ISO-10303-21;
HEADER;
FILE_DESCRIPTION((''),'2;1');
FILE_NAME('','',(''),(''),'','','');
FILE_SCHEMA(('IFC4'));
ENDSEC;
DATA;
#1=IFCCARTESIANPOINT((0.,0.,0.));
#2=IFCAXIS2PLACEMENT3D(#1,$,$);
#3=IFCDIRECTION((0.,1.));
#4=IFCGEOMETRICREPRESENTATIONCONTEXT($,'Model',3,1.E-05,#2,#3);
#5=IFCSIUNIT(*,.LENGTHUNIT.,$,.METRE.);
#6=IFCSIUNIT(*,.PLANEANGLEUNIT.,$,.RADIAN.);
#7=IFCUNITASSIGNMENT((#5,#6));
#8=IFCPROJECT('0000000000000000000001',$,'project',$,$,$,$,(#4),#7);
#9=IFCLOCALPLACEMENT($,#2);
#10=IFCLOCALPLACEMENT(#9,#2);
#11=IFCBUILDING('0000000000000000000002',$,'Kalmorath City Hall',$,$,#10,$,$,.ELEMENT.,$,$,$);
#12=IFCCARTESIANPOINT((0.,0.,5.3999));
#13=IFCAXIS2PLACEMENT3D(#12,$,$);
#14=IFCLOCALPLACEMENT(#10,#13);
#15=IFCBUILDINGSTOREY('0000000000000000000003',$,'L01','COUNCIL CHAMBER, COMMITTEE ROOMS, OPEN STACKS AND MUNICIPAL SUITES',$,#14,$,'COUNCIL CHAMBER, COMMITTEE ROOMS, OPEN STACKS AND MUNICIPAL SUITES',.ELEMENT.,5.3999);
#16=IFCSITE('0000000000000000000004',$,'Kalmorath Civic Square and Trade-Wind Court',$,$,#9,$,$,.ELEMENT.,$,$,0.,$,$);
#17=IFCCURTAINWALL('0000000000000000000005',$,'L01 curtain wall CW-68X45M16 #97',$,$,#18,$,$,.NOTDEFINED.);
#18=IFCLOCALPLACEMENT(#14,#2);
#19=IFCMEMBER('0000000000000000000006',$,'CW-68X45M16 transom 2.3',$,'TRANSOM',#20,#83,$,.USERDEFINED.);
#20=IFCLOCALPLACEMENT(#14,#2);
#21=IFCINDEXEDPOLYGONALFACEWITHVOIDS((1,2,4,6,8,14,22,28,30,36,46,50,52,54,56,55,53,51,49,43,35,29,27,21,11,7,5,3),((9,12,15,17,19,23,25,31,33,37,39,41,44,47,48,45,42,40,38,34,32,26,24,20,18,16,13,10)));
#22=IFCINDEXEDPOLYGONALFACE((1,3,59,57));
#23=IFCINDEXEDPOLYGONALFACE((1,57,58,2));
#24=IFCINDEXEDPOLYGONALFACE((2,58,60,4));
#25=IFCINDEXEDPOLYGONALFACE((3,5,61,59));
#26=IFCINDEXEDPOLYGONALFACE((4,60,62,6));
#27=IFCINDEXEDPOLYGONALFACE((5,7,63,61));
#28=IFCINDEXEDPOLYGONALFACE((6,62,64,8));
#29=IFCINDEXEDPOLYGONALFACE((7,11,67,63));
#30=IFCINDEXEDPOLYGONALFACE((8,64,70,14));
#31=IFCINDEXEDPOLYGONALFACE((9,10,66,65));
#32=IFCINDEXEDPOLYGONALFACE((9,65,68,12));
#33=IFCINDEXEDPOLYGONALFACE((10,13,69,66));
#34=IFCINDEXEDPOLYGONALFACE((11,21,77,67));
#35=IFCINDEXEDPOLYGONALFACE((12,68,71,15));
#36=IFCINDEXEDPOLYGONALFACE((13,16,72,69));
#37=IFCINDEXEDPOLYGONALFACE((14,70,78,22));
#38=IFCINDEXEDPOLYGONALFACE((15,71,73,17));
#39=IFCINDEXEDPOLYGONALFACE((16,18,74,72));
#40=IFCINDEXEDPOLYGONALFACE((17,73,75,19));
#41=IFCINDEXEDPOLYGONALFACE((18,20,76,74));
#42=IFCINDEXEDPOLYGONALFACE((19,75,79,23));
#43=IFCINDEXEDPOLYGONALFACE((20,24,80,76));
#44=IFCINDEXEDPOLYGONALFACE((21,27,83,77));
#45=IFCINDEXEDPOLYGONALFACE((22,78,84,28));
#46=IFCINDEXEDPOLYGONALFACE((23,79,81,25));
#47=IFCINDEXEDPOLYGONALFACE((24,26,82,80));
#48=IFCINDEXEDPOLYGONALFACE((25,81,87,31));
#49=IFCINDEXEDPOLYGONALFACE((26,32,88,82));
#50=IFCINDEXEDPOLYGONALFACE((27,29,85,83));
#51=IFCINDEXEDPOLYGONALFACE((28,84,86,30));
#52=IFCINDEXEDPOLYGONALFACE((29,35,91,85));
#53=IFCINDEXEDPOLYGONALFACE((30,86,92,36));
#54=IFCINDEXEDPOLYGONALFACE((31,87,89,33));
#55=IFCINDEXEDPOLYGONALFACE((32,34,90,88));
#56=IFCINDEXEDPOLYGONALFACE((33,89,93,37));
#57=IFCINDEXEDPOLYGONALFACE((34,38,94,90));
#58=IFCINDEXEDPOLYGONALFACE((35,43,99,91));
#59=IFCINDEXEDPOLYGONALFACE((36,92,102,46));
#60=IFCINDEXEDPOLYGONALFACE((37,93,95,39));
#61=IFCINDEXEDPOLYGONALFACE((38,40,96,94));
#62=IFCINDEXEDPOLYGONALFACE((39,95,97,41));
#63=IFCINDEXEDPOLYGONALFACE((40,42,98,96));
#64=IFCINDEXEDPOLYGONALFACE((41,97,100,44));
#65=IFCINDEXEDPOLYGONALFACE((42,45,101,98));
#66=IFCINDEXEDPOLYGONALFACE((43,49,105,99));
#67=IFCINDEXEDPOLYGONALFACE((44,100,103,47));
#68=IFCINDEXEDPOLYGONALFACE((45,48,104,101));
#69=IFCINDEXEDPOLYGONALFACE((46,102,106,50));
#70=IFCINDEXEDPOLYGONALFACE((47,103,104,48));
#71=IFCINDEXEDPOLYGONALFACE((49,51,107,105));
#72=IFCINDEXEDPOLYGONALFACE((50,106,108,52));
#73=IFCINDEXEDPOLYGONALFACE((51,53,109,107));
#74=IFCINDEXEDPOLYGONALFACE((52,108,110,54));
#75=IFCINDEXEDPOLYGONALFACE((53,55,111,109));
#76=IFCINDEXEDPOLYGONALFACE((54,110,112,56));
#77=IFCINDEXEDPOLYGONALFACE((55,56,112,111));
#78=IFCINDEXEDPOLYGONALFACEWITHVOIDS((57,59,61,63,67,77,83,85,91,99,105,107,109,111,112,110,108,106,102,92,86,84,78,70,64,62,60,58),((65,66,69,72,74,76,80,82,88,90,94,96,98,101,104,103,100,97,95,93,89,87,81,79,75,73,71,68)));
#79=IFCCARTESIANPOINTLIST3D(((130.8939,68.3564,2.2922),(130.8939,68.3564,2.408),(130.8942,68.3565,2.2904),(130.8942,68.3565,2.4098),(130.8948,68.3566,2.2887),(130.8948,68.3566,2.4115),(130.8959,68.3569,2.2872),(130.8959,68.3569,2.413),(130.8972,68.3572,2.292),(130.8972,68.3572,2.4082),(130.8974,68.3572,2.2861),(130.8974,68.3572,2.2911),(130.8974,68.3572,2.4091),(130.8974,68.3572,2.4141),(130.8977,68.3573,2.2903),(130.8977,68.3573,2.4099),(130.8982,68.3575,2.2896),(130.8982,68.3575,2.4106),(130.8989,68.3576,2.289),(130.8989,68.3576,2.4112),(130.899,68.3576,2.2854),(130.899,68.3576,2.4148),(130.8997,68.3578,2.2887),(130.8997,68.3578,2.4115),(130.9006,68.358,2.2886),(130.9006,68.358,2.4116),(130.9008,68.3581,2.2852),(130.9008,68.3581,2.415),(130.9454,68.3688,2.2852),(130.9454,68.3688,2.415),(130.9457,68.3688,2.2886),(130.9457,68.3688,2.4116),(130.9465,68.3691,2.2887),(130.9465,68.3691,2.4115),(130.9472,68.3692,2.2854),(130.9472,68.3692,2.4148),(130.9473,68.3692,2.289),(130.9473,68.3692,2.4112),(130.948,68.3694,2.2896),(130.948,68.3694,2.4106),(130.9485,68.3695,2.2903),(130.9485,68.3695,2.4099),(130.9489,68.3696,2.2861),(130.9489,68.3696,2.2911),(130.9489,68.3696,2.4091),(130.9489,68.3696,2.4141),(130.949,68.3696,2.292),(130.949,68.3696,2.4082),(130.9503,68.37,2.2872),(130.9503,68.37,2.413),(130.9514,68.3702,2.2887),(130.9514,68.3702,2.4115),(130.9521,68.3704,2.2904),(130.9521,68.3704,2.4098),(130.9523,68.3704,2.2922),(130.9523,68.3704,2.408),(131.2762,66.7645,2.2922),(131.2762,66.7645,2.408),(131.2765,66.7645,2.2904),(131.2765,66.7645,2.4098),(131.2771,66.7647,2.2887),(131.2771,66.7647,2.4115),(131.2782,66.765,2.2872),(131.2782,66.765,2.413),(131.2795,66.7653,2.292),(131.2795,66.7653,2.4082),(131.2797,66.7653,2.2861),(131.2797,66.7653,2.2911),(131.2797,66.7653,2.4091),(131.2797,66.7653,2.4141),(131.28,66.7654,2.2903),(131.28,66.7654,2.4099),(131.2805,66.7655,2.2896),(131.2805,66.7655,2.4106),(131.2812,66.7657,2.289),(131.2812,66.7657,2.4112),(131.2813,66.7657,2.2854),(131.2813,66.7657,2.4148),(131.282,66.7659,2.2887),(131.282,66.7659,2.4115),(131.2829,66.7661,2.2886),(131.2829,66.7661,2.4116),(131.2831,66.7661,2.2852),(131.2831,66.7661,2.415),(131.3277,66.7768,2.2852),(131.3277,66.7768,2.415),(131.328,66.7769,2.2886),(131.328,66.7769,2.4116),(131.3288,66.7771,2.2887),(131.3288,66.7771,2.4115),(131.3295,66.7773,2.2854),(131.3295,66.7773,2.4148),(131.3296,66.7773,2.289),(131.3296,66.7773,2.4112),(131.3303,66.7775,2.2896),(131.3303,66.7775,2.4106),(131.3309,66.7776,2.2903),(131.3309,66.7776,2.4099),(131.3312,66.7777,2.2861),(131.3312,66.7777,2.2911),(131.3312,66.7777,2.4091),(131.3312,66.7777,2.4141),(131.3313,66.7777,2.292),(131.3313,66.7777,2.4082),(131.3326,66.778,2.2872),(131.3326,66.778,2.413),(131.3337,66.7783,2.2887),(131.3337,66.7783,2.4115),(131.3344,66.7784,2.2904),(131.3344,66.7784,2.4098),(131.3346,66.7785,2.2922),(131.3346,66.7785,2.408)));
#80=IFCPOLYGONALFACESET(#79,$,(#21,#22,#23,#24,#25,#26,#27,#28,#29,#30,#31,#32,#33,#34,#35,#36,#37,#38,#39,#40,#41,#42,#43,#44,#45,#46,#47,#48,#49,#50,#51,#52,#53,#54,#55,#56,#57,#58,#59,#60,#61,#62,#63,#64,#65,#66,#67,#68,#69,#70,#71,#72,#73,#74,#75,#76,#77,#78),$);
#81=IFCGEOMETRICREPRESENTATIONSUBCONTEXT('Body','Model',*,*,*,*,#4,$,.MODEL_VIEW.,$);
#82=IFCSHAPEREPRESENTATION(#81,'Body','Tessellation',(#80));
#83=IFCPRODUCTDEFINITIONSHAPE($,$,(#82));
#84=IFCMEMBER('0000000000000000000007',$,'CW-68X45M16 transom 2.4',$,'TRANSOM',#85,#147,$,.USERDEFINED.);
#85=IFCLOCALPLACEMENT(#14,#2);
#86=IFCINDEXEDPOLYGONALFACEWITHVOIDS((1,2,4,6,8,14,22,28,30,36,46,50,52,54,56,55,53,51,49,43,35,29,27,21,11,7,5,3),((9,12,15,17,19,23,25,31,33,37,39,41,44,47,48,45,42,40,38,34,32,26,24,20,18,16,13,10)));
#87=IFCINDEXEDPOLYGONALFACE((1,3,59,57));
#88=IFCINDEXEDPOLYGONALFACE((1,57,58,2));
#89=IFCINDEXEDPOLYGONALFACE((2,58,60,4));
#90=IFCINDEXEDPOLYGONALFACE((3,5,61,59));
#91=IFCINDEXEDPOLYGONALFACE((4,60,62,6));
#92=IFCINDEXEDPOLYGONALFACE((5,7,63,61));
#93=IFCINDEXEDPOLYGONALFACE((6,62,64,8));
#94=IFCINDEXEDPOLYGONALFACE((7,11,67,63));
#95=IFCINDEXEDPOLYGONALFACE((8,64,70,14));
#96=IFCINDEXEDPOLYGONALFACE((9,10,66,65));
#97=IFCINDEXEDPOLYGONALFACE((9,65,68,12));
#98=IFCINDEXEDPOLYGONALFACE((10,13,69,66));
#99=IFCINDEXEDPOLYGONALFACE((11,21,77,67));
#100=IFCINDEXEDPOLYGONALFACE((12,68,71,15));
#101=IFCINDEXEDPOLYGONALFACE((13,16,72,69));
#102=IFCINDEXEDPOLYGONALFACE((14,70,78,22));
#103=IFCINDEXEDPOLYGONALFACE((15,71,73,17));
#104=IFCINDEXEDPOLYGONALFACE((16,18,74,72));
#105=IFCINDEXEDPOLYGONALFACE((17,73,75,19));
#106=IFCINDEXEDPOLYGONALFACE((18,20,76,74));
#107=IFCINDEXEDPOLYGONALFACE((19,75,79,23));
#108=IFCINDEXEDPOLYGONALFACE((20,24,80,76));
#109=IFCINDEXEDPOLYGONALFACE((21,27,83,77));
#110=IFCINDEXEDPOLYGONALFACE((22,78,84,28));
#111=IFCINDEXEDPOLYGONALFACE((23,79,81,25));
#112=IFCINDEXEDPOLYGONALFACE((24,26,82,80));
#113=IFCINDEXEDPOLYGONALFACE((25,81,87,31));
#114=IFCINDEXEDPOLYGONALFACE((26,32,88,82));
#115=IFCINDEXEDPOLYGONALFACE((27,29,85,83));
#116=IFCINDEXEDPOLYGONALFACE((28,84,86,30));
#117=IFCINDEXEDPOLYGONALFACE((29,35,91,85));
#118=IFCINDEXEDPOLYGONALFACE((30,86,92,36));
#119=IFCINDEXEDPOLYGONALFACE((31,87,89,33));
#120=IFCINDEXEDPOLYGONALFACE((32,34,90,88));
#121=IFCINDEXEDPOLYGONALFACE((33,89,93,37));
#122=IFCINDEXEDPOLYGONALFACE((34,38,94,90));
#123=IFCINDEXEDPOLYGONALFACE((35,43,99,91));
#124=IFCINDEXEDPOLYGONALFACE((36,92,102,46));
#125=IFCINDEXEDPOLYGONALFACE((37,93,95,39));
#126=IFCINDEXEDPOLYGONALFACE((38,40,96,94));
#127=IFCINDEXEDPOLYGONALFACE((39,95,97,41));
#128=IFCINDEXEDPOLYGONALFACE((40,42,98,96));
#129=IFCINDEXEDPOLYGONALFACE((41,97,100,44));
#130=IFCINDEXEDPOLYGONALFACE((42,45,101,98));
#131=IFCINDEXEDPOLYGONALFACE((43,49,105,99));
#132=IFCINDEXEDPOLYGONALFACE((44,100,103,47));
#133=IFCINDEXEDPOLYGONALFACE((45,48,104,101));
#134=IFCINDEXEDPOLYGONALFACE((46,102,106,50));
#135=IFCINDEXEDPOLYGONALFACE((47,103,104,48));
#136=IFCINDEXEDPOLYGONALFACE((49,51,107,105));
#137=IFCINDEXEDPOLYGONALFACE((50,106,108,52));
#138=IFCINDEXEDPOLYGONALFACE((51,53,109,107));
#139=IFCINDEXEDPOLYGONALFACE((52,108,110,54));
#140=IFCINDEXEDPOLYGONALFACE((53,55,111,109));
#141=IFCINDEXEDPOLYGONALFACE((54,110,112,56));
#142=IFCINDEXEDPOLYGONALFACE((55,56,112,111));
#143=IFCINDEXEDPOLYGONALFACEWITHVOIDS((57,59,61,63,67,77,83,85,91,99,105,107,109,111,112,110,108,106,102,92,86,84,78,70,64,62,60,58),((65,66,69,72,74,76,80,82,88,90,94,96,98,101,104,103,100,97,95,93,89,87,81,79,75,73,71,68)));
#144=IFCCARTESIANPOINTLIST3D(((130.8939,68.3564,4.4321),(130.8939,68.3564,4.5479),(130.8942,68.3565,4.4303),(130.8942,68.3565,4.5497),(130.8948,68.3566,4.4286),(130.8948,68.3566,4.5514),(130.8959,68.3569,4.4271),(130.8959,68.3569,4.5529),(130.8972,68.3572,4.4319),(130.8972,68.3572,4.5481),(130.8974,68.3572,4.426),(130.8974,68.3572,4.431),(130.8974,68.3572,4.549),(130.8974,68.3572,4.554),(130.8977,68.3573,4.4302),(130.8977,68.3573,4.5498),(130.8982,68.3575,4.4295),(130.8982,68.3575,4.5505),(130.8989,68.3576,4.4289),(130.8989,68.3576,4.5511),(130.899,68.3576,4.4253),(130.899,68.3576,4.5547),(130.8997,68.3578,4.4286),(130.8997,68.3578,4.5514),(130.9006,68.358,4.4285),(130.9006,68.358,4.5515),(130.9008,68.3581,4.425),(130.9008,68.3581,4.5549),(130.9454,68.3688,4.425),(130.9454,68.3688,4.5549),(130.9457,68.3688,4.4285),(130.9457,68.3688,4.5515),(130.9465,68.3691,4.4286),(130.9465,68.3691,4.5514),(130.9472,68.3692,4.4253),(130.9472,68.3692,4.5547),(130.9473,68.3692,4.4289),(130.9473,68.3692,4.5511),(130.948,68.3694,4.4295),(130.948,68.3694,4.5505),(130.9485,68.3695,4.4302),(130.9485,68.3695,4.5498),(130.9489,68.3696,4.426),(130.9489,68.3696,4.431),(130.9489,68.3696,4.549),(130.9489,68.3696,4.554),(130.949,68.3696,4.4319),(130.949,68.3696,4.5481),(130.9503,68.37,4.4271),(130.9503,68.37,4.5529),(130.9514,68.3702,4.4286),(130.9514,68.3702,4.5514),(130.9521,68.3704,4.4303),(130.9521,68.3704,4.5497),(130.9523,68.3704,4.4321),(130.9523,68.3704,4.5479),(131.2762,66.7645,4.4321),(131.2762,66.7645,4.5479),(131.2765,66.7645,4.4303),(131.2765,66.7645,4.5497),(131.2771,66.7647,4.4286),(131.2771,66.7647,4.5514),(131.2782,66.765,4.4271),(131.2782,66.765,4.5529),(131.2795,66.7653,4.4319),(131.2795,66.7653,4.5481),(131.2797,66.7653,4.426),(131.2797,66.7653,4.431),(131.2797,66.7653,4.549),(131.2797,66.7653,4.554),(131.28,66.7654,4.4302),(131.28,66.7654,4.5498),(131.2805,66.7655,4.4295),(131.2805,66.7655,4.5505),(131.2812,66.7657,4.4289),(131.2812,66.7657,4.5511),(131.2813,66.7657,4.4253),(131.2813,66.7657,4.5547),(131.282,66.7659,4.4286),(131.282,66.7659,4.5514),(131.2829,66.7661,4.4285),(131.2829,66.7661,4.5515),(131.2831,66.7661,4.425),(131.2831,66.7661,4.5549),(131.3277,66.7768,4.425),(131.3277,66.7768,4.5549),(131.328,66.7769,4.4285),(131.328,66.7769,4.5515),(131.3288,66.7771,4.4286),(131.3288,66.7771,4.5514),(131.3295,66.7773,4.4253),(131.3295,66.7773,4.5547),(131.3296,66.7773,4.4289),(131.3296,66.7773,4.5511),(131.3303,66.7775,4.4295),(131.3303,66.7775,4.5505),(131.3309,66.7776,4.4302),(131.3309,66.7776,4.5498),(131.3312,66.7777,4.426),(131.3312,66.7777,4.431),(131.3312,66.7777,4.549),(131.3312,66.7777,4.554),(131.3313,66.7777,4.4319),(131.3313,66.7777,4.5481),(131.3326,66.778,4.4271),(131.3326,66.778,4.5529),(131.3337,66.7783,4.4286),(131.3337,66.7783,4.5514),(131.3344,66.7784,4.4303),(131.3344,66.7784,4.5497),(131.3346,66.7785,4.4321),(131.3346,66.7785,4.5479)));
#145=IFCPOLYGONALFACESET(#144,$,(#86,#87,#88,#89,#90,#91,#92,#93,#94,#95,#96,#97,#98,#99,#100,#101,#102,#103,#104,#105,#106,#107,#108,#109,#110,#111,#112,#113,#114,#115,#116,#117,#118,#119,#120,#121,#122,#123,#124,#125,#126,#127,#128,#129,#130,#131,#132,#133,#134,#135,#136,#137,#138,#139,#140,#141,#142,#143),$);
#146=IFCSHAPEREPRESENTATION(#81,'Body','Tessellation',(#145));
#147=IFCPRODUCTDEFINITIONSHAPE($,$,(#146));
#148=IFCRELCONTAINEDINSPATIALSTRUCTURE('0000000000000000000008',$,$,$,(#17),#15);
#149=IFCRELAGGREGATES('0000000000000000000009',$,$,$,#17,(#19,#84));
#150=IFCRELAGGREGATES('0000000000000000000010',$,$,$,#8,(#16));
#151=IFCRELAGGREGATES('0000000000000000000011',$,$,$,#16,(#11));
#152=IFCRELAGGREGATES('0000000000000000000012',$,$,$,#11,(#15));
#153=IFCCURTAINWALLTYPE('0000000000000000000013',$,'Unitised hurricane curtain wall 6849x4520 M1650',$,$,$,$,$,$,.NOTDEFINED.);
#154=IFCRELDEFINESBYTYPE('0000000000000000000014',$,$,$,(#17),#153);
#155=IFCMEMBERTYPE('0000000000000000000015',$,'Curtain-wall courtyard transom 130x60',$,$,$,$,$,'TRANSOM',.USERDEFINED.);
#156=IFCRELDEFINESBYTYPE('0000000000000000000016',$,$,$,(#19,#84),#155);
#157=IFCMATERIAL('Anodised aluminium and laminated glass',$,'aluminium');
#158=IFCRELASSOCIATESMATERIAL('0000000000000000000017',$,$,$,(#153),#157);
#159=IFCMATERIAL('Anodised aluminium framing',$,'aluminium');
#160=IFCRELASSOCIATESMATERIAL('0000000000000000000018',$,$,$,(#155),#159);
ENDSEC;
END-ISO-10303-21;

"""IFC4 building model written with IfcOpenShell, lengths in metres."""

from ifc_helpers import new_model, si_unit, direction, frame, origin, origin_2d, place, context, subcontext, project, spatial, hollow_rectangle, extrude, material, material_profile, profile_set, type_object, element, aggregate, save


model = new_model("IFC4")

# Units and contexts
model_context = context("Model", 3, precision=1e-05, world=origin(), true_north=direction((0.0, 1.0)))
body_context = subcontext(model_context, "Body", "Model", "MODEL_VIEW")
ifc_project = project(units=[si_unit("LENGTHUNIT", "METRE"), si_unit("PLANEANGLEUNIT", "RADIAN")], contexts=[model_context])

# Site, building, storey
site_placement = place(None, origin())
site = spatial("IfcSite", under=ifc_project, at=site_placement, Name="Kalmorath Civic Square and Trade-Wind Court", CompositionType="ELEMENT", RefElevation=0.0)
building_placement = place(site_placement, origin())
building = spatial("IfcBuilding", under=site, at=building_placement, Name="Kalmorath City Hall", CompositionType="ELEMENT")
storey_placement = place(building_placement, frame((0.0, 0.0, 5.3999)))
storey = spatial("IfcBuildingStorey", under=building, at=storey_placement, Name="L01", Description="COUNCIL CHAMBER, COMMITTEE ROOMS, OPEN STACKS AND MUNICIPAL SUITES", LongName="COUNCIL CHAMBER, COMMITTEE ROOMS, OPEN STACKS AND MUNICIPAL SUITES", CompositionType="ELEMENT", Elevation=5.3999)

# Curtain wall, members
ifc_material_1 = material(Name="Anodised aluminium and laminated glass", Category="aluminium")
curtain_wall_type = type_object("IfcCurtainWallType", Name="Unitised hurricane curtain wall 6849x4520 M1650", PredefinedType="NOTDEFINED", material=ifc_material_1)
curtain_wall_1_placement = place(storey_placement, origin())
curtain_wall_1 = element("IfcCurtainWall", 1, at=curtain_wall_1_placement, inside=storey, type_object=curtain_wall_type, Name="L01 curtain wall CW-68X45M16 #97", PredefinedType="NOTDEFINED")
ifc_material_2 = material(Name="Anodised aluminium framing", Category="aluminium")
ifc_material_profile_1 = material_profile(ifc_material_2, hollow_rectangle(XDim=0.0601, YDim=0.1299, WallThickness=0.0034, InnerFilletRadius=0.0034, OuterFilletRadius=0.0071, at=origin_2d()), Name="ALU-TRN-130X60X3.5")
ifc_profile_set_1 = profile_set([ifc_material_profile_1], Name="Anodised aluminium framing")
member_type_1 = type_object("IfcMemberType", Name="Curtain-wall courtyard transom 130x60", ElementType="TRANSOM", PredefinedType="USERDEFINED", material=ifc_profile_set_1)
member_1_placement = place(storey_placement, frame((131.3054, 66.7715, 2.3501), z_axis=(-0.233508, 0.972355, 0.0), x_axis=(-0.972355, -0.233508, 0.0)))
member_1 = element("IfcMember", 2, at=member_1_placement, type_object=member_type_1, Name="CW-68X45M16 transom 2.3", ObjectType="TRANSOM", PredefinedType="USERDEFINED", context=body_context, shape_type="SweptSolid", body=[
    extrude(hollow_rectangle(XDim=0.0601, YDim=0.1299, WallThickness=0.0034, InnerFilletRadius=0.0034, OuterFilletRadius=0.0071, at=origin_2d()), origin(), (0.0, 0.0, 1.0), 1.6372),
])
member_2_placement = place(storey_placement, frame((131.3054, 66.7715, 4.49), z_axis=(-0.233508, 0.972355, 0.0), x_axis=(-0.972355, -0.233508, 0.0)))
member_2 = element("IfcMember", 3, at=member_2_placement, type_object=member_type_1, Name="CW-68X45M16 transom 2.4", ObjectType="TRANSOM", PredefinedType="USERDEFINED", context=body_context, shape_type="SweptSolid", body=[
    extrude(hollow_rectangle(XDim=0.0601, YDim=0.1299, WallThickness=0.0034, InnerFilletRadius=0.0034, OuterFilletRadius=0.0071, at=origin_2d()), origin(), (0.0, 0.0, 1.0), 1.6372),
])

aggregate(curtain_wall_1, [member_1, member_2])

save(model, "model.ifc")
